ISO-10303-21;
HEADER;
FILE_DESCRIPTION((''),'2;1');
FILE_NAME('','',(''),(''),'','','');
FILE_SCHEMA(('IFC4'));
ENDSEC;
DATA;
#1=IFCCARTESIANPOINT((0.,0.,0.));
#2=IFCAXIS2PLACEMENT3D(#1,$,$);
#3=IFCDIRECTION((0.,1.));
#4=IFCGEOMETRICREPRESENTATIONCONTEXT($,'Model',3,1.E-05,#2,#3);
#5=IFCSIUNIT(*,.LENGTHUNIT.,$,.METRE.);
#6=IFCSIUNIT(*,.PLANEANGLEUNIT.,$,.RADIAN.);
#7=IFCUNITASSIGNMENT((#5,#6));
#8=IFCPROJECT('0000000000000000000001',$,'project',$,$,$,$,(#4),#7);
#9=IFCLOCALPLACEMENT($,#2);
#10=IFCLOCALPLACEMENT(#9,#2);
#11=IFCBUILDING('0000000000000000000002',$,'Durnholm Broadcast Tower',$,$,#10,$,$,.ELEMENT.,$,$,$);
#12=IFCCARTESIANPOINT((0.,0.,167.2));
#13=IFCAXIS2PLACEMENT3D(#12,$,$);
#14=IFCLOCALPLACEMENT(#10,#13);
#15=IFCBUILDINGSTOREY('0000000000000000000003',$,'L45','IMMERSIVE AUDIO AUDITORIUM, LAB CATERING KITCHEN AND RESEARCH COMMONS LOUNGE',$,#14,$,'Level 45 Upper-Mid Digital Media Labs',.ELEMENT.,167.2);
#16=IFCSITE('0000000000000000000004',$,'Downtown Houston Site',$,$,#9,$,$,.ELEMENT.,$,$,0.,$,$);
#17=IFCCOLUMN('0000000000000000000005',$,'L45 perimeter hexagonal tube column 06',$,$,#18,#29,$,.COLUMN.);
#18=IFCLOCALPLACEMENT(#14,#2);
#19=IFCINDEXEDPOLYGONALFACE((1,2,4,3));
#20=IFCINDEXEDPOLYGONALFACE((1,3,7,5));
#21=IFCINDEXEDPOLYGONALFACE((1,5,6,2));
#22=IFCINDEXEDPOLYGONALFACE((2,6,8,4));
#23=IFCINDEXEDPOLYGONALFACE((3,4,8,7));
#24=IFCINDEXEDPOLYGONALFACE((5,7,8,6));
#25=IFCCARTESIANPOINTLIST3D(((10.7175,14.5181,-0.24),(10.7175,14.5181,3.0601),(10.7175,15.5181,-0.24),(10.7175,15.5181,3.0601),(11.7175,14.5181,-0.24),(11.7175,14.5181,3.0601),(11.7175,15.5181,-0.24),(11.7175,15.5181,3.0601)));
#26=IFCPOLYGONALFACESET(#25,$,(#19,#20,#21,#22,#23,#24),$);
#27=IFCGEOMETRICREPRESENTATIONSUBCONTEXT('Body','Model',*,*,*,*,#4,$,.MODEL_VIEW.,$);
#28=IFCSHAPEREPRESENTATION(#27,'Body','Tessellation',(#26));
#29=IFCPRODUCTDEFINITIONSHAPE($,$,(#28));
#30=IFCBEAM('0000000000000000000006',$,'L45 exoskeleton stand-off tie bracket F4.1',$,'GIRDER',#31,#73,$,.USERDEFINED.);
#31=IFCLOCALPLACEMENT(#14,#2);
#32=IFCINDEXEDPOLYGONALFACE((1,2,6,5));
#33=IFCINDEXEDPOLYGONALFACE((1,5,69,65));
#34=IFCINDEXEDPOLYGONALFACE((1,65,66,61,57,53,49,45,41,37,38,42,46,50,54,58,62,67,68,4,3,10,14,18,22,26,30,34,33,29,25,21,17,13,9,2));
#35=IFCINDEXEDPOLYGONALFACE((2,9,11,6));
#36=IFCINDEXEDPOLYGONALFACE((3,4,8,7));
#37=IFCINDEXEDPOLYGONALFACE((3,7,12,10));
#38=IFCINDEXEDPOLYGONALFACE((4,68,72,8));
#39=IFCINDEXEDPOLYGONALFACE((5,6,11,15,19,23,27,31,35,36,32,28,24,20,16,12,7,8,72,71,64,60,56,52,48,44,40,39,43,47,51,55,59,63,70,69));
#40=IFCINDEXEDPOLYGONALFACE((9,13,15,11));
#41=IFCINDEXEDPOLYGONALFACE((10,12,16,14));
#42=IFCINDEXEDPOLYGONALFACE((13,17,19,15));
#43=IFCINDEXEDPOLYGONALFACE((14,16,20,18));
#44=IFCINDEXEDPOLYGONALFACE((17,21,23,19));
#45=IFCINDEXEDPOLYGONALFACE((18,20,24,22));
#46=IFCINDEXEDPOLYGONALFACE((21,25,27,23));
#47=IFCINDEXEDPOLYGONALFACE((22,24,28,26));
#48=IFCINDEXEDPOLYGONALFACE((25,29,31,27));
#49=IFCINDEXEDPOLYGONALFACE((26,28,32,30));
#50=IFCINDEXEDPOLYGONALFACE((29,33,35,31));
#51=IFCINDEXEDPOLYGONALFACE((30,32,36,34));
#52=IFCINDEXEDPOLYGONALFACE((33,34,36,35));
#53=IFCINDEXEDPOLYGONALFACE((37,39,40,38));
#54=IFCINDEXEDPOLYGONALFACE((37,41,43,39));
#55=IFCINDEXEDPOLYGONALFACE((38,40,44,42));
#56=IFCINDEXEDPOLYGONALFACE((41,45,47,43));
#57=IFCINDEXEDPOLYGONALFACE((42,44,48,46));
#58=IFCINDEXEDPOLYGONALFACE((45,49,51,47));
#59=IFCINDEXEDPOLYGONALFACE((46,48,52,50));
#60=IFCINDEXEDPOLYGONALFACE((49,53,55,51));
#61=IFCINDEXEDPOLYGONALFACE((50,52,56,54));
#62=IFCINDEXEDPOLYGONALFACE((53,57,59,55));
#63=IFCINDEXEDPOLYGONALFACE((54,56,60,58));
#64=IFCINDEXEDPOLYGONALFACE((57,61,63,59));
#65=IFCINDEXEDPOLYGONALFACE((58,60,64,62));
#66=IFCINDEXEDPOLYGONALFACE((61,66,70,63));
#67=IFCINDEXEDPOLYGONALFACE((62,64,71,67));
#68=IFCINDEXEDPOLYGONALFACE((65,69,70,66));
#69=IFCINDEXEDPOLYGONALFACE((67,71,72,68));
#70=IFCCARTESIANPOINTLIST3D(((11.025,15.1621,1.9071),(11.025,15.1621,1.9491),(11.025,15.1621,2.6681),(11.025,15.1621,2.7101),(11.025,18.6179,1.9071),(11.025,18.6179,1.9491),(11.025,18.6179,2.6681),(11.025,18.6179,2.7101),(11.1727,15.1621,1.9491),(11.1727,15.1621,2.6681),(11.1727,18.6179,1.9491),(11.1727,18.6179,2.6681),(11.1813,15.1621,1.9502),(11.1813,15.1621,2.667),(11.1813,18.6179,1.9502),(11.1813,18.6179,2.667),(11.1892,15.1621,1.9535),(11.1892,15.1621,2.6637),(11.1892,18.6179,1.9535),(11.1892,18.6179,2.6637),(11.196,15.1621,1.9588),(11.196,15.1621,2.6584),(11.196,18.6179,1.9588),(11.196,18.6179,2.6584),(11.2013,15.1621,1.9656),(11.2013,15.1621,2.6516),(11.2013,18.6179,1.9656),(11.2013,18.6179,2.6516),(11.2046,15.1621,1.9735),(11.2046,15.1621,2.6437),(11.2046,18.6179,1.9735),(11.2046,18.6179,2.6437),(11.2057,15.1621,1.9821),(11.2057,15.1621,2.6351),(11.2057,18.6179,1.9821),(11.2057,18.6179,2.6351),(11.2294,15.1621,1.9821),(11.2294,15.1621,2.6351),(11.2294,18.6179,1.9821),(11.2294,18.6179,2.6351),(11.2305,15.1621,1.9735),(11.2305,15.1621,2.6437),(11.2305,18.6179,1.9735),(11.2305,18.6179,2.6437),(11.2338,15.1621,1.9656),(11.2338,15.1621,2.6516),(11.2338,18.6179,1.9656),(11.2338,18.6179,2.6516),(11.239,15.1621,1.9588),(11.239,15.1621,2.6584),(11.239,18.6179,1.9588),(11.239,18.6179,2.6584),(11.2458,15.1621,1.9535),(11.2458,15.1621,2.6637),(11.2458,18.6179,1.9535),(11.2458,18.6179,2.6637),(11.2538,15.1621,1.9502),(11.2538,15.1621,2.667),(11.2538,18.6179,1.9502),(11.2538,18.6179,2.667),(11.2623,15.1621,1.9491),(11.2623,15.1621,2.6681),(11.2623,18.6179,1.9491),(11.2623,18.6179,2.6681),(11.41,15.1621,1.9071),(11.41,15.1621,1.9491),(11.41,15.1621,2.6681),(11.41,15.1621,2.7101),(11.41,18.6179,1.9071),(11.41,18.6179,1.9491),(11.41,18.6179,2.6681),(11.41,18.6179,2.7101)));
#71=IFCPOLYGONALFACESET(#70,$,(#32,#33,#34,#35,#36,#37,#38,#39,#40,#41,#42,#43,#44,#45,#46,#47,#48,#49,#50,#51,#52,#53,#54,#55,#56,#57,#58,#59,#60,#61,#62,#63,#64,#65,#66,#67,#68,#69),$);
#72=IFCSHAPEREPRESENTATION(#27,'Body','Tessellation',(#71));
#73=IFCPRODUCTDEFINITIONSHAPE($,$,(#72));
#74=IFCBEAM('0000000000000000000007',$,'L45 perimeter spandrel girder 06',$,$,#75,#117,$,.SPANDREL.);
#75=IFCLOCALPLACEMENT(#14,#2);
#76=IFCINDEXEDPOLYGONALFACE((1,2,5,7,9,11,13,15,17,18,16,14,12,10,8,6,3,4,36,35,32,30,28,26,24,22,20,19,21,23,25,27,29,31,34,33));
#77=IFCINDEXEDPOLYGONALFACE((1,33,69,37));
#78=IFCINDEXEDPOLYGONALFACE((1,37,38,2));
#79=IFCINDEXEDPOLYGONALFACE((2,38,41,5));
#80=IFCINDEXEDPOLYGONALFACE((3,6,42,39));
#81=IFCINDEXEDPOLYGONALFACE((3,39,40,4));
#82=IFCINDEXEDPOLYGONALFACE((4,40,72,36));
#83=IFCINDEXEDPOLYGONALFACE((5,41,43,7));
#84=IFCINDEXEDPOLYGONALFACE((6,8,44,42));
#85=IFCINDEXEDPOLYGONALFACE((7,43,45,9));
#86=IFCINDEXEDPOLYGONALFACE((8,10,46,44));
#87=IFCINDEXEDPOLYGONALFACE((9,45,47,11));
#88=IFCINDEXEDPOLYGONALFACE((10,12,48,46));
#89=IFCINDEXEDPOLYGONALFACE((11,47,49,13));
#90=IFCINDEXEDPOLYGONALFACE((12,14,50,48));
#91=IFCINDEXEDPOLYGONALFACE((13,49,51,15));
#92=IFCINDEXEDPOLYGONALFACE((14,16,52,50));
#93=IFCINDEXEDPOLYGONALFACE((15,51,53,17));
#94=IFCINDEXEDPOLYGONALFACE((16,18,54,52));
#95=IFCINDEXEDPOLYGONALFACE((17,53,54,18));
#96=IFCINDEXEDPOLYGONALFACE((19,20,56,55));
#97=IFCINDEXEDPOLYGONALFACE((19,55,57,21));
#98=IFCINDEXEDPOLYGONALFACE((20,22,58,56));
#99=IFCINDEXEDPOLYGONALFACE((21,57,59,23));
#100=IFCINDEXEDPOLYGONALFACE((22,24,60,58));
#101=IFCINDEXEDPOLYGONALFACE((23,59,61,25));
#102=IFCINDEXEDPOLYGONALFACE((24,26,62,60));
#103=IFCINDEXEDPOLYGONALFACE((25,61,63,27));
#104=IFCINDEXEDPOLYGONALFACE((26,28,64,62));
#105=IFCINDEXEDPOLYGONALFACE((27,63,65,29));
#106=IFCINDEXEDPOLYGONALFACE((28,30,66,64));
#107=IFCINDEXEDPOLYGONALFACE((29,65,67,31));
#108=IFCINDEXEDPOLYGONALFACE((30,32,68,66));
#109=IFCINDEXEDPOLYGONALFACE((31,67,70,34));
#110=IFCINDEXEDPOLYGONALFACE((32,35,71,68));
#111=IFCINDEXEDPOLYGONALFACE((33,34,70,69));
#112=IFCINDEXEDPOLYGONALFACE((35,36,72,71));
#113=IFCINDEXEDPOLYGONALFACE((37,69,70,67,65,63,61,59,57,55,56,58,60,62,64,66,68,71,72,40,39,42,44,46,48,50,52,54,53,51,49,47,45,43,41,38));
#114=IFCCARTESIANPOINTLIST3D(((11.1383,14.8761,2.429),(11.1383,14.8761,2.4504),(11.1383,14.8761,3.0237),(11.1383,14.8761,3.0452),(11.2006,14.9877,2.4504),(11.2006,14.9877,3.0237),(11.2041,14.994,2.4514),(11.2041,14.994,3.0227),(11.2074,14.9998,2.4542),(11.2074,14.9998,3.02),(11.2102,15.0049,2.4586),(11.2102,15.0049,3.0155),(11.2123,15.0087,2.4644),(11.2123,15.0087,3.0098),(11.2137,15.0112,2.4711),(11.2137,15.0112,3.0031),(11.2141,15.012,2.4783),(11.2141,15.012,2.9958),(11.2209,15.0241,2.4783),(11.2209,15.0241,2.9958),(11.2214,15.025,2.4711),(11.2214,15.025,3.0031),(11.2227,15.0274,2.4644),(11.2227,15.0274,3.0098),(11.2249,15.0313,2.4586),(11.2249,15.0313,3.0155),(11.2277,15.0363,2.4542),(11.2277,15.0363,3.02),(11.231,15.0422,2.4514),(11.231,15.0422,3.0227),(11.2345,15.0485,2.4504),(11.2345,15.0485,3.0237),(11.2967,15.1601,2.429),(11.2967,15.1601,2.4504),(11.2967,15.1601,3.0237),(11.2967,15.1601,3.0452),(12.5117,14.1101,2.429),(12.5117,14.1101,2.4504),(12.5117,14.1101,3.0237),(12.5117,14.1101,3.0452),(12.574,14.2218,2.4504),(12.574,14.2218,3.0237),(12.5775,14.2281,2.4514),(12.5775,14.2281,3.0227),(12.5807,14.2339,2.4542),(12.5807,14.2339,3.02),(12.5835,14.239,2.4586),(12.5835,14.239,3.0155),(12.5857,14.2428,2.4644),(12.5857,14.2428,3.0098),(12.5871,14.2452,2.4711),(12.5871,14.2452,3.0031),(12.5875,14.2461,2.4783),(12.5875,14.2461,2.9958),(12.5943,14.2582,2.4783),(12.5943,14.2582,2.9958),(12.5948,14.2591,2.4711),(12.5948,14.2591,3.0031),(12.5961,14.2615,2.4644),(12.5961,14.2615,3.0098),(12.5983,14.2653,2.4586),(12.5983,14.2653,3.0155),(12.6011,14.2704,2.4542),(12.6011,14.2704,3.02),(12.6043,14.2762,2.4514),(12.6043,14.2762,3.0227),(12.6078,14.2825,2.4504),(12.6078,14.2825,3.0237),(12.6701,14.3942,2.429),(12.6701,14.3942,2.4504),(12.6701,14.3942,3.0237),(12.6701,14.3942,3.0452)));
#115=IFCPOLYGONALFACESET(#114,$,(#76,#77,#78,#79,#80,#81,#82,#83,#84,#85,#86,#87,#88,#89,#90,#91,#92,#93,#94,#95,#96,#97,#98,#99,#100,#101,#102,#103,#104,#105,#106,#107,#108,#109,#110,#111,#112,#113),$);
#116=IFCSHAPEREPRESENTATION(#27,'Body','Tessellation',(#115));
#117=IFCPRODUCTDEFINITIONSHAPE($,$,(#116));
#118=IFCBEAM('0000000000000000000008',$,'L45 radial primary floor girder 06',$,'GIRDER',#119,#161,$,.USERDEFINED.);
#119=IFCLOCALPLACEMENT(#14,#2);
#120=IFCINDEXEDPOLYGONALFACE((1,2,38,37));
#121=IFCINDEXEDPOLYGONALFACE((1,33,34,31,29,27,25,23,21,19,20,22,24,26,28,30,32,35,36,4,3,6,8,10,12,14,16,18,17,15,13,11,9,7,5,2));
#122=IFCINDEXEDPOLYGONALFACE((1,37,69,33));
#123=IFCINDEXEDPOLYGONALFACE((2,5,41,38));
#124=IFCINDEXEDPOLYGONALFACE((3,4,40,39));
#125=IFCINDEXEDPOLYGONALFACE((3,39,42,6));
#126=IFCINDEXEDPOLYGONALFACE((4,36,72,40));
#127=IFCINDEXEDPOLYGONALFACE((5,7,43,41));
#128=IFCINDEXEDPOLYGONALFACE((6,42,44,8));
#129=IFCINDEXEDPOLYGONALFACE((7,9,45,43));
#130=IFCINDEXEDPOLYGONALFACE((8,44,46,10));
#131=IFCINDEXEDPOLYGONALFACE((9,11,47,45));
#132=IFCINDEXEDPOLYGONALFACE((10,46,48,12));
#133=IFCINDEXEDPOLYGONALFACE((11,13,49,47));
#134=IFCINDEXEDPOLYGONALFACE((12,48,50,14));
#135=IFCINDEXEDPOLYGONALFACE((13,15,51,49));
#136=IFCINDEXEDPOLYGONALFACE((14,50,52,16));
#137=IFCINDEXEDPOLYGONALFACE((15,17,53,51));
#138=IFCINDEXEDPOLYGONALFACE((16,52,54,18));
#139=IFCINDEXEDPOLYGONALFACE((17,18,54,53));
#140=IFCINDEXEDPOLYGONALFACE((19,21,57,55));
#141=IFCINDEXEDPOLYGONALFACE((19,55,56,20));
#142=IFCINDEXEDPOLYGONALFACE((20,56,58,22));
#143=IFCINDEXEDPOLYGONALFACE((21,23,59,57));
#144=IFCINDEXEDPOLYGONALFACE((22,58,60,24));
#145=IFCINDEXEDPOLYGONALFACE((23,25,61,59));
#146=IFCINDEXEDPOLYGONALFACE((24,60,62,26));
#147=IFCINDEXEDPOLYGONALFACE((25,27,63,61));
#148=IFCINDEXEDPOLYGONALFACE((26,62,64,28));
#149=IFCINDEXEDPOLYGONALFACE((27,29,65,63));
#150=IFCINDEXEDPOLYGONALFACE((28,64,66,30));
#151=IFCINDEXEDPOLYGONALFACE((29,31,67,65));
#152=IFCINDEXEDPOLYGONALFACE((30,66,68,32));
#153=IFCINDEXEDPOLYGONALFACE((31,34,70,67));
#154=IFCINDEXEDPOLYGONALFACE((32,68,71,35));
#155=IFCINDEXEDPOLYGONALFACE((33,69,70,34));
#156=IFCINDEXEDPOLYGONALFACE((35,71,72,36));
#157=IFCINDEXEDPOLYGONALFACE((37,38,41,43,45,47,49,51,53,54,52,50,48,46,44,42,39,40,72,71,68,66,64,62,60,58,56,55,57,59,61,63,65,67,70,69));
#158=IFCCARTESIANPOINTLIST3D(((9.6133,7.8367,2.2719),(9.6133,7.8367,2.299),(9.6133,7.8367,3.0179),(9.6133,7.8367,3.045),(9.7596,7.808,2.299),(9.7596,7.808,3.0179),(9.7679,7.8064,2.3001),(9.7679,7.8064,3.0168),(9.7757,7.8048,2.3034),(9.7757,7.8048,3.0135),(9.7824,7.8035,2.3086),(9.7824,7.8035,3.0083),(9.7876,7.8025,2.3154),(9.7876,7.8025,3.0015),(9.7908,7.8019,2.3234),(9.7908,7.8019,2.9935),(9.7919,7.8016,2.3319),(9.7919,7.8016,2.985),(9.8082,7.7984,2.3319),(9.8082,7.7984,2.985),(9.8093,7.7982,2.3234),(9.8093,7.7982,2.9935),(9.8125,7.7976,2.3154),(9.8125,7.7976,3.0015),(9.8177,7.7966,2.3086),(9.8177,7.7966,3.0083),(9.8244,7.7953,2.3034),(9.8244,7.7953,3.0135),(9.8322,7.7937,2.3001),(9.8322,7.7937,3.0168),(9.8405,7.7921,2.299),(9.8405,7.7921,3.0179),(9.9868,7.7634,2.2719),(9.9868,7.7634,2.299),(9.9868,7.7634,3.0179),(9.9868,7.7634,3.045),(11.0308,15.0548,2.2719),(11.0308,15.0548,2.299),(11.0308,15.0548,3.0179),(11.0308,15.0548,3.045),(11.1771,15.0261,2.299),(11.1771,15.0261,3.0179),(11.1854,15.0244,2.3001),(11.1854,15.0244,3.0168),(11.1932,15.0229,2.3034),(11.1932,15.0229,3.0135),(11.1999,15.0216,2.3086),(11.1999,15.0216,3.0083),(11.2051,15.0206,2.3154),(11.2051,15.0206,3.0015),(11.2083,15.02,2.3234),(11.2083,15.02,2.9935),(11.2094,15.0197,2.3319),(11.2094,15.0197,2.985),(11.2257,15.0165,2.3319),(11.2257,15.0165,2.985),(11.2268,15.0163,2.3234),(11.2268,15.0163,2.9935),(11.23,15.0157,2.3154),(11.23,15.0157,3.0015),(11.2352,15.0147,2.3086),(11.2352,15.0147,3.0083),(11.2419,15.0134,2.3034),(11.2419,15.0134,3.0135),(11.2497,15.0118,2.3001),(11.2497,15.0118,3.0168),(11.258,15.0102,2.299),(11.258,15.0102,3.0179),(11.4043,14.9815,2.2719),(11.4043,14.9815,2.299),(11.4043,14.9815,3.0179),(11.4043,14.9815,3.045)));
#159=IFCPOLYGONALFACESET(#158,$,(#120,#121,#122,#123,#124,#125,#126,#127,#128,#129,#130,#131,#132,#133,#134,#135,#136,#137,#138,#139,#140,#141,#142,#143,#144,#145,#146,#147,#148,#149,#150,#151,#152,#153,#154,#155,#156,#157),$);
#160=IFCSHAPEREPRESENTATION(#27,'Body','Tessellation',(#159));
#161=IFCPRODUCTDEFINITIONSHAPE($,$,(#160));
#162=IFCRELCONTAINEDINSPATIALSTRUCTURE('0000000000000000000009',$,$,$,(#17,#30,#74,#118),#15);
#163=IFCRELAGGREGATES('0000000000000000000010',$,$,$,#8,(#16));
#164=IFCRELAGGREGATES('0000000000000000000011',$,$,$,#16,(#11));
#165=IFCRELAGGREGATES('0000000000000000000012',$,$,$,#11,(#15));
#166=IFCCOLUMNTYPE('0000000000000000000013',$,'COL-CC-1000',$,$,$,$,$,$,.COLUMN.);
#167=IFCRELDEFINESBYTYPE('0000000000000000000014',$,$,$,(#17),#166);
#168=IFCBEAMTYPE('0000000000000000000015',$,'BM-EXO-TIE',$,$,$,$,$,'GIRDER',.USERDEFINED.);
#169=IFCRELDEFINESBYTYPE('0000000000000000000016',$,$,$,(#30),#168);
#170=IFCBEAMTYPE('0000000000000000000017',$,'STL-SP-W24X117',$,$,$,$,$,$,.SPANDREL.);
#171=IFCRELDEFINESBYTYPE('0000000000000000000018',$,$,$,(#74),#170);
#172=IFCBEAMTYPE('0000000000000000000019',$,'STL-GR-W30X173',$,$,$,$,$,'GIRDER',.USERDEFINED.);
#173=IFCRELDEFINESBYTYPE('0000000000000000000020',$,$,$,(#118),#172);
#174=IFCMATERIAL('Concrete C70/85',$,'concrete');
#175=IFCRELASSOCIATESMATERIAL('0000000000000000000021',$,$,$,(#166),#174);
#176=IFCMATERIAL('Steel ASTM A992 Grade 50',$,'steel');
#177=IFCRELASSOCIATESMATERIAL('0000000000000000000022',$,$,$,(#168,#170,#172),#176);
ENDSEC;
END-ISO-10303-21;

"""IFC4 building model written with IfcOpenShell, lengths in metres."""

from ifc_helpers import new_model, si_unit, direction, frame, origin, origin_2d, place, context, subcontext, project, spatial, rectangle, i_section, extrude, source, transform, mapped, material, material_profile, profile_set, type_object, type_shapes, element, save


model = new_model("IFC4")

# Units and contexts
model_context = context("Model", 3, precision=1e-05, world=origin(), true_north=direction((0.0, 1.0)))
body_context = subcontext(model_context, "Body", "Model", "MODEL_VIEW")
ifc_project = project(units=[si_unit("LENGTHUNIT", "METRE"), si_unit("PLANEANGLEUNIT", "RADIAN")], contexts=[model_context])

# Site, building, storey
site_placement = place(None, origin())
site = spatial("IfcSite", under=ifc_project, at=site_placement, Name="Downtown Houston Site", CompositionType="ELEMENT", RefElevation=0.0)
building_placement = place(site_placement, origin())
building = spatial("IfcBuilding", under=site, at=building_placement, Name="Durnholm Broadcast Tower", CompositionType="ELEMENT")
storey_placement = place(building_placement, frame((0.0, 0.0, 167.2)))
storey = spatial("IfcBuildingStorey", under=building, at=storey_placement, Name="L45", Description="IMMERSIVE AUDIO AUDITORIUM, LAB CATERING KITCHEN AND RESEARCH COMMONS LOUNGE", LongName="Level 45 Upper-Mid Digital Media Labs", CompositionType="ELEMENT", Elevation=167.2)

# Column
ifc_material_1 = material(Name="Concrete C70/85", Category="concrete")
ifc_material_profile_1 = material_profile(ifc_material_1, rectangle(XDim=1.0, YDim=1.0, at=origin_2d()), Name="RC1000X1000")
ifc_profile_set_1 = profile_set([ifc_material_profile_1], Name="Concrete C70/85")
column_type = type_object("IfcColumnType", Name="COL-CC-1000", PredefinedType="COLUMN", material=ifc_profile_set_1)
shared_shape_1 = source(origin(), body_context, "Body", "SweptSolid", [
    extrude(rectangle(XDim=1.0, YDim=1.0, at=origin_2d()), origin(), (0.0, 0.0, 1.0), 3.3),
])
type_shapes(column_type, [shared_shape_1])
column_placement = place(storey_placement, frame((11.2175, 15.0181, -0.24), z_axis=(0.0, 0.0, 1.0), x_axis=(1.0, 0.0, 0.0)))
element("IfcColumn", 1, at=column_placement, inside=storey, type_object=column_type, Name="L45 perimeter hexagonal tube column 06", PredefinedType="COLUMN", context=body_context, shape_type="MappedRepresentation", body=[
    mapped(shared_shape_1, transform((0.0, 0.0, 0.0), x_axis=(1.0, 0.0, 0.0), y_axis=(0.0, 1.0, 0.0), z_axis=(0.0, 0.0, 1.0), scale=1.0)),
])

# Beams
ifc_material_2 = material(Name="Steel ASTM A992 Grade 50", Category="steel")
ifc_material_profile_2 = material_profile(ifc_material_2, i_section(OverallWidth=0.385, OverallDepth=0.803, WebThickness=0.0237, FlangeThickness=0.042, FilletRadius=0.033, at=origin_2d()), Name="W30X261")
ifc_profile_set_2 = profile_set([ifc_material_profile_2], Name="Steel ASTM A992 Grade 50")
beam_type_1 = type_object("IfcBeamType", Name="BM-EXO-TIE", ElementType="GIRDER", PredefinedType="USERDEFINED", material=ifc_profile_set_2)
shared_shape_2 = source(origin(), body_context, "Body", "SweptSolid", [
    extrude(i_section(OverallWidth=0.385, OverallDepth=0.803, WebThickness=0.0237, FlangeThickness=0.042, FilletRadius=0.033, at=origin_2d()), origin(), (0.0, 0.0, 1.0), 3.4558),
])
beam_1_placement = place(storey_placement, frame((11.2175, 15.1621, 2.3086), z_axis=(0.0, 1.0, 0.0), x_axis=(-1.0, 0.0, 0.0)))
element("IfcBeam", 2, at=beam_1_placement, inside=storey, type_object=beam_type_1, Name="L45 exoskeleton stand-off tie bracket F4.1", ObjectType="GIRDER", PredefinedType="USERDEFINED", context=body_context, shape_type="MappedRepresentation", body=[
    mapped(shared_shape_2, transform((0.0, 0.0, 0.0), x_axis=(1.0, 0.0, 0.0), y_axis=(0.0, 1.0, 0.0), z_axis=(0.0, 0.0, 1.0), scale=1.0)),
])
ifc_material_profile_3 = material_profile(ifc_material_2, i_section(OverallWidth=0.3252, OverallDepth=0.6162, WebThickness=0.0139, FlangeThickness=0.0215, FilletRadius=0.0278, at=origin_2d()), Name="W24X117")
ifc_profile_set_3 = profile_set([ifc_material_profile_3], Name="Steel ASTM A992 Grade 50")
beam_type_2 = type_object("IfcBeamType", Name="STL-SP-W24X117", PredefinedType="SPANDREL", material=ifc_profile_set_3)
shared_shape_3 = source(origin(), body_context, "Body", "SweptSolid", [
    extrude(i_section(OverallWidth=0.3252, OverallDepth=0.6162, WebThickness=0.0139, FlangeThickness=0.0215, FilletRadius=0.0278, at=origin_2d()), origin(), (0.0, 0.0, 1.0), 1.5725),
])
type_shapes(beam_type_2, [shared_shape_3])
beam_2_placement = place(storey_placement, frame((11.2175, 15.0181, 2.7371), z_axis=(0.873365, -0.487066, 0.0), x_axis=(0.487066, 0.873365, 0.0)))
element("IfcBeam", 3, at=beam_2_placement, inside=storey, type_object=beam_type_2, Name="L45 perimeter spandrel girder 06", PredefinedType="SPANDREL", context=body_context, shape_type="MappedRepresentation", body=[
    mapped(shared_shape_3, transform((0.0, 0.0, 0.0), x_axis=(1.0, 0.0, 0.0), y_axis=(0.0, 1.0, 0.0), z_axis=(0.0, 0.0, 1.0), scale=1.0)),
])
ifc_material_profile_4 = material_profile(ifc_material_2, i_section(OverallWidth=0.3806, OverallDepth=0.7732, WebThickness=0.0166, FlangeThickness=0.0271, FilletRadius=0.033, at=origin_2d()), Name="W30X173")
ifc_profile_set_4 = profile_set([ifc_material_profile_4], Name="Steel ASTM A992 Grade 50")
beam_type_3 = type_object("IfcBeamType", Name="STL-GR-W30X173", ElementType="GIRDER", PredefinedType="USERDEFINED", material=ifc_profile_set_4)
shared_shape_4 = source(origin(), body_context, "Body", "SweptSolid", [
    extrude(i_section(OverallWidth=0.3806, OverallDepth=0.7732, WebThickness=0.0166, FlangeThickness=0.0271, FilletRadius=0.033, at=origin_2d()), origin(), (0.0, 0.0, 1.0), 7.356),
])
beam_3_placement = place(storey_placement, frame((9.8, 7.8, 2.6584), z_axis=(0.1927, 0.981258, 0.0), x_axis=(-0.981258, 0.1927, 0.0)))
element("IfcBeam", 4, at=beam_3_placement, inside=storey, type_object=beam_type_3, Name="L45 radial primary floor girder 06", ObjectType="GIRDER", PredefinedType="USERDEFINED", context=body_context, shape_type="MappedRepresentation", body=[
    mapped(shared_shape_4, transform((0.0, 0.0, 0.0), x_axis=(1.0, 0.0, 0.0), y_axis=(0.0, 1.0, 0.0), z_axis=(0.0, 0.0, 1.0), scale=1.0)),
])

save(model, "model.ifc")
